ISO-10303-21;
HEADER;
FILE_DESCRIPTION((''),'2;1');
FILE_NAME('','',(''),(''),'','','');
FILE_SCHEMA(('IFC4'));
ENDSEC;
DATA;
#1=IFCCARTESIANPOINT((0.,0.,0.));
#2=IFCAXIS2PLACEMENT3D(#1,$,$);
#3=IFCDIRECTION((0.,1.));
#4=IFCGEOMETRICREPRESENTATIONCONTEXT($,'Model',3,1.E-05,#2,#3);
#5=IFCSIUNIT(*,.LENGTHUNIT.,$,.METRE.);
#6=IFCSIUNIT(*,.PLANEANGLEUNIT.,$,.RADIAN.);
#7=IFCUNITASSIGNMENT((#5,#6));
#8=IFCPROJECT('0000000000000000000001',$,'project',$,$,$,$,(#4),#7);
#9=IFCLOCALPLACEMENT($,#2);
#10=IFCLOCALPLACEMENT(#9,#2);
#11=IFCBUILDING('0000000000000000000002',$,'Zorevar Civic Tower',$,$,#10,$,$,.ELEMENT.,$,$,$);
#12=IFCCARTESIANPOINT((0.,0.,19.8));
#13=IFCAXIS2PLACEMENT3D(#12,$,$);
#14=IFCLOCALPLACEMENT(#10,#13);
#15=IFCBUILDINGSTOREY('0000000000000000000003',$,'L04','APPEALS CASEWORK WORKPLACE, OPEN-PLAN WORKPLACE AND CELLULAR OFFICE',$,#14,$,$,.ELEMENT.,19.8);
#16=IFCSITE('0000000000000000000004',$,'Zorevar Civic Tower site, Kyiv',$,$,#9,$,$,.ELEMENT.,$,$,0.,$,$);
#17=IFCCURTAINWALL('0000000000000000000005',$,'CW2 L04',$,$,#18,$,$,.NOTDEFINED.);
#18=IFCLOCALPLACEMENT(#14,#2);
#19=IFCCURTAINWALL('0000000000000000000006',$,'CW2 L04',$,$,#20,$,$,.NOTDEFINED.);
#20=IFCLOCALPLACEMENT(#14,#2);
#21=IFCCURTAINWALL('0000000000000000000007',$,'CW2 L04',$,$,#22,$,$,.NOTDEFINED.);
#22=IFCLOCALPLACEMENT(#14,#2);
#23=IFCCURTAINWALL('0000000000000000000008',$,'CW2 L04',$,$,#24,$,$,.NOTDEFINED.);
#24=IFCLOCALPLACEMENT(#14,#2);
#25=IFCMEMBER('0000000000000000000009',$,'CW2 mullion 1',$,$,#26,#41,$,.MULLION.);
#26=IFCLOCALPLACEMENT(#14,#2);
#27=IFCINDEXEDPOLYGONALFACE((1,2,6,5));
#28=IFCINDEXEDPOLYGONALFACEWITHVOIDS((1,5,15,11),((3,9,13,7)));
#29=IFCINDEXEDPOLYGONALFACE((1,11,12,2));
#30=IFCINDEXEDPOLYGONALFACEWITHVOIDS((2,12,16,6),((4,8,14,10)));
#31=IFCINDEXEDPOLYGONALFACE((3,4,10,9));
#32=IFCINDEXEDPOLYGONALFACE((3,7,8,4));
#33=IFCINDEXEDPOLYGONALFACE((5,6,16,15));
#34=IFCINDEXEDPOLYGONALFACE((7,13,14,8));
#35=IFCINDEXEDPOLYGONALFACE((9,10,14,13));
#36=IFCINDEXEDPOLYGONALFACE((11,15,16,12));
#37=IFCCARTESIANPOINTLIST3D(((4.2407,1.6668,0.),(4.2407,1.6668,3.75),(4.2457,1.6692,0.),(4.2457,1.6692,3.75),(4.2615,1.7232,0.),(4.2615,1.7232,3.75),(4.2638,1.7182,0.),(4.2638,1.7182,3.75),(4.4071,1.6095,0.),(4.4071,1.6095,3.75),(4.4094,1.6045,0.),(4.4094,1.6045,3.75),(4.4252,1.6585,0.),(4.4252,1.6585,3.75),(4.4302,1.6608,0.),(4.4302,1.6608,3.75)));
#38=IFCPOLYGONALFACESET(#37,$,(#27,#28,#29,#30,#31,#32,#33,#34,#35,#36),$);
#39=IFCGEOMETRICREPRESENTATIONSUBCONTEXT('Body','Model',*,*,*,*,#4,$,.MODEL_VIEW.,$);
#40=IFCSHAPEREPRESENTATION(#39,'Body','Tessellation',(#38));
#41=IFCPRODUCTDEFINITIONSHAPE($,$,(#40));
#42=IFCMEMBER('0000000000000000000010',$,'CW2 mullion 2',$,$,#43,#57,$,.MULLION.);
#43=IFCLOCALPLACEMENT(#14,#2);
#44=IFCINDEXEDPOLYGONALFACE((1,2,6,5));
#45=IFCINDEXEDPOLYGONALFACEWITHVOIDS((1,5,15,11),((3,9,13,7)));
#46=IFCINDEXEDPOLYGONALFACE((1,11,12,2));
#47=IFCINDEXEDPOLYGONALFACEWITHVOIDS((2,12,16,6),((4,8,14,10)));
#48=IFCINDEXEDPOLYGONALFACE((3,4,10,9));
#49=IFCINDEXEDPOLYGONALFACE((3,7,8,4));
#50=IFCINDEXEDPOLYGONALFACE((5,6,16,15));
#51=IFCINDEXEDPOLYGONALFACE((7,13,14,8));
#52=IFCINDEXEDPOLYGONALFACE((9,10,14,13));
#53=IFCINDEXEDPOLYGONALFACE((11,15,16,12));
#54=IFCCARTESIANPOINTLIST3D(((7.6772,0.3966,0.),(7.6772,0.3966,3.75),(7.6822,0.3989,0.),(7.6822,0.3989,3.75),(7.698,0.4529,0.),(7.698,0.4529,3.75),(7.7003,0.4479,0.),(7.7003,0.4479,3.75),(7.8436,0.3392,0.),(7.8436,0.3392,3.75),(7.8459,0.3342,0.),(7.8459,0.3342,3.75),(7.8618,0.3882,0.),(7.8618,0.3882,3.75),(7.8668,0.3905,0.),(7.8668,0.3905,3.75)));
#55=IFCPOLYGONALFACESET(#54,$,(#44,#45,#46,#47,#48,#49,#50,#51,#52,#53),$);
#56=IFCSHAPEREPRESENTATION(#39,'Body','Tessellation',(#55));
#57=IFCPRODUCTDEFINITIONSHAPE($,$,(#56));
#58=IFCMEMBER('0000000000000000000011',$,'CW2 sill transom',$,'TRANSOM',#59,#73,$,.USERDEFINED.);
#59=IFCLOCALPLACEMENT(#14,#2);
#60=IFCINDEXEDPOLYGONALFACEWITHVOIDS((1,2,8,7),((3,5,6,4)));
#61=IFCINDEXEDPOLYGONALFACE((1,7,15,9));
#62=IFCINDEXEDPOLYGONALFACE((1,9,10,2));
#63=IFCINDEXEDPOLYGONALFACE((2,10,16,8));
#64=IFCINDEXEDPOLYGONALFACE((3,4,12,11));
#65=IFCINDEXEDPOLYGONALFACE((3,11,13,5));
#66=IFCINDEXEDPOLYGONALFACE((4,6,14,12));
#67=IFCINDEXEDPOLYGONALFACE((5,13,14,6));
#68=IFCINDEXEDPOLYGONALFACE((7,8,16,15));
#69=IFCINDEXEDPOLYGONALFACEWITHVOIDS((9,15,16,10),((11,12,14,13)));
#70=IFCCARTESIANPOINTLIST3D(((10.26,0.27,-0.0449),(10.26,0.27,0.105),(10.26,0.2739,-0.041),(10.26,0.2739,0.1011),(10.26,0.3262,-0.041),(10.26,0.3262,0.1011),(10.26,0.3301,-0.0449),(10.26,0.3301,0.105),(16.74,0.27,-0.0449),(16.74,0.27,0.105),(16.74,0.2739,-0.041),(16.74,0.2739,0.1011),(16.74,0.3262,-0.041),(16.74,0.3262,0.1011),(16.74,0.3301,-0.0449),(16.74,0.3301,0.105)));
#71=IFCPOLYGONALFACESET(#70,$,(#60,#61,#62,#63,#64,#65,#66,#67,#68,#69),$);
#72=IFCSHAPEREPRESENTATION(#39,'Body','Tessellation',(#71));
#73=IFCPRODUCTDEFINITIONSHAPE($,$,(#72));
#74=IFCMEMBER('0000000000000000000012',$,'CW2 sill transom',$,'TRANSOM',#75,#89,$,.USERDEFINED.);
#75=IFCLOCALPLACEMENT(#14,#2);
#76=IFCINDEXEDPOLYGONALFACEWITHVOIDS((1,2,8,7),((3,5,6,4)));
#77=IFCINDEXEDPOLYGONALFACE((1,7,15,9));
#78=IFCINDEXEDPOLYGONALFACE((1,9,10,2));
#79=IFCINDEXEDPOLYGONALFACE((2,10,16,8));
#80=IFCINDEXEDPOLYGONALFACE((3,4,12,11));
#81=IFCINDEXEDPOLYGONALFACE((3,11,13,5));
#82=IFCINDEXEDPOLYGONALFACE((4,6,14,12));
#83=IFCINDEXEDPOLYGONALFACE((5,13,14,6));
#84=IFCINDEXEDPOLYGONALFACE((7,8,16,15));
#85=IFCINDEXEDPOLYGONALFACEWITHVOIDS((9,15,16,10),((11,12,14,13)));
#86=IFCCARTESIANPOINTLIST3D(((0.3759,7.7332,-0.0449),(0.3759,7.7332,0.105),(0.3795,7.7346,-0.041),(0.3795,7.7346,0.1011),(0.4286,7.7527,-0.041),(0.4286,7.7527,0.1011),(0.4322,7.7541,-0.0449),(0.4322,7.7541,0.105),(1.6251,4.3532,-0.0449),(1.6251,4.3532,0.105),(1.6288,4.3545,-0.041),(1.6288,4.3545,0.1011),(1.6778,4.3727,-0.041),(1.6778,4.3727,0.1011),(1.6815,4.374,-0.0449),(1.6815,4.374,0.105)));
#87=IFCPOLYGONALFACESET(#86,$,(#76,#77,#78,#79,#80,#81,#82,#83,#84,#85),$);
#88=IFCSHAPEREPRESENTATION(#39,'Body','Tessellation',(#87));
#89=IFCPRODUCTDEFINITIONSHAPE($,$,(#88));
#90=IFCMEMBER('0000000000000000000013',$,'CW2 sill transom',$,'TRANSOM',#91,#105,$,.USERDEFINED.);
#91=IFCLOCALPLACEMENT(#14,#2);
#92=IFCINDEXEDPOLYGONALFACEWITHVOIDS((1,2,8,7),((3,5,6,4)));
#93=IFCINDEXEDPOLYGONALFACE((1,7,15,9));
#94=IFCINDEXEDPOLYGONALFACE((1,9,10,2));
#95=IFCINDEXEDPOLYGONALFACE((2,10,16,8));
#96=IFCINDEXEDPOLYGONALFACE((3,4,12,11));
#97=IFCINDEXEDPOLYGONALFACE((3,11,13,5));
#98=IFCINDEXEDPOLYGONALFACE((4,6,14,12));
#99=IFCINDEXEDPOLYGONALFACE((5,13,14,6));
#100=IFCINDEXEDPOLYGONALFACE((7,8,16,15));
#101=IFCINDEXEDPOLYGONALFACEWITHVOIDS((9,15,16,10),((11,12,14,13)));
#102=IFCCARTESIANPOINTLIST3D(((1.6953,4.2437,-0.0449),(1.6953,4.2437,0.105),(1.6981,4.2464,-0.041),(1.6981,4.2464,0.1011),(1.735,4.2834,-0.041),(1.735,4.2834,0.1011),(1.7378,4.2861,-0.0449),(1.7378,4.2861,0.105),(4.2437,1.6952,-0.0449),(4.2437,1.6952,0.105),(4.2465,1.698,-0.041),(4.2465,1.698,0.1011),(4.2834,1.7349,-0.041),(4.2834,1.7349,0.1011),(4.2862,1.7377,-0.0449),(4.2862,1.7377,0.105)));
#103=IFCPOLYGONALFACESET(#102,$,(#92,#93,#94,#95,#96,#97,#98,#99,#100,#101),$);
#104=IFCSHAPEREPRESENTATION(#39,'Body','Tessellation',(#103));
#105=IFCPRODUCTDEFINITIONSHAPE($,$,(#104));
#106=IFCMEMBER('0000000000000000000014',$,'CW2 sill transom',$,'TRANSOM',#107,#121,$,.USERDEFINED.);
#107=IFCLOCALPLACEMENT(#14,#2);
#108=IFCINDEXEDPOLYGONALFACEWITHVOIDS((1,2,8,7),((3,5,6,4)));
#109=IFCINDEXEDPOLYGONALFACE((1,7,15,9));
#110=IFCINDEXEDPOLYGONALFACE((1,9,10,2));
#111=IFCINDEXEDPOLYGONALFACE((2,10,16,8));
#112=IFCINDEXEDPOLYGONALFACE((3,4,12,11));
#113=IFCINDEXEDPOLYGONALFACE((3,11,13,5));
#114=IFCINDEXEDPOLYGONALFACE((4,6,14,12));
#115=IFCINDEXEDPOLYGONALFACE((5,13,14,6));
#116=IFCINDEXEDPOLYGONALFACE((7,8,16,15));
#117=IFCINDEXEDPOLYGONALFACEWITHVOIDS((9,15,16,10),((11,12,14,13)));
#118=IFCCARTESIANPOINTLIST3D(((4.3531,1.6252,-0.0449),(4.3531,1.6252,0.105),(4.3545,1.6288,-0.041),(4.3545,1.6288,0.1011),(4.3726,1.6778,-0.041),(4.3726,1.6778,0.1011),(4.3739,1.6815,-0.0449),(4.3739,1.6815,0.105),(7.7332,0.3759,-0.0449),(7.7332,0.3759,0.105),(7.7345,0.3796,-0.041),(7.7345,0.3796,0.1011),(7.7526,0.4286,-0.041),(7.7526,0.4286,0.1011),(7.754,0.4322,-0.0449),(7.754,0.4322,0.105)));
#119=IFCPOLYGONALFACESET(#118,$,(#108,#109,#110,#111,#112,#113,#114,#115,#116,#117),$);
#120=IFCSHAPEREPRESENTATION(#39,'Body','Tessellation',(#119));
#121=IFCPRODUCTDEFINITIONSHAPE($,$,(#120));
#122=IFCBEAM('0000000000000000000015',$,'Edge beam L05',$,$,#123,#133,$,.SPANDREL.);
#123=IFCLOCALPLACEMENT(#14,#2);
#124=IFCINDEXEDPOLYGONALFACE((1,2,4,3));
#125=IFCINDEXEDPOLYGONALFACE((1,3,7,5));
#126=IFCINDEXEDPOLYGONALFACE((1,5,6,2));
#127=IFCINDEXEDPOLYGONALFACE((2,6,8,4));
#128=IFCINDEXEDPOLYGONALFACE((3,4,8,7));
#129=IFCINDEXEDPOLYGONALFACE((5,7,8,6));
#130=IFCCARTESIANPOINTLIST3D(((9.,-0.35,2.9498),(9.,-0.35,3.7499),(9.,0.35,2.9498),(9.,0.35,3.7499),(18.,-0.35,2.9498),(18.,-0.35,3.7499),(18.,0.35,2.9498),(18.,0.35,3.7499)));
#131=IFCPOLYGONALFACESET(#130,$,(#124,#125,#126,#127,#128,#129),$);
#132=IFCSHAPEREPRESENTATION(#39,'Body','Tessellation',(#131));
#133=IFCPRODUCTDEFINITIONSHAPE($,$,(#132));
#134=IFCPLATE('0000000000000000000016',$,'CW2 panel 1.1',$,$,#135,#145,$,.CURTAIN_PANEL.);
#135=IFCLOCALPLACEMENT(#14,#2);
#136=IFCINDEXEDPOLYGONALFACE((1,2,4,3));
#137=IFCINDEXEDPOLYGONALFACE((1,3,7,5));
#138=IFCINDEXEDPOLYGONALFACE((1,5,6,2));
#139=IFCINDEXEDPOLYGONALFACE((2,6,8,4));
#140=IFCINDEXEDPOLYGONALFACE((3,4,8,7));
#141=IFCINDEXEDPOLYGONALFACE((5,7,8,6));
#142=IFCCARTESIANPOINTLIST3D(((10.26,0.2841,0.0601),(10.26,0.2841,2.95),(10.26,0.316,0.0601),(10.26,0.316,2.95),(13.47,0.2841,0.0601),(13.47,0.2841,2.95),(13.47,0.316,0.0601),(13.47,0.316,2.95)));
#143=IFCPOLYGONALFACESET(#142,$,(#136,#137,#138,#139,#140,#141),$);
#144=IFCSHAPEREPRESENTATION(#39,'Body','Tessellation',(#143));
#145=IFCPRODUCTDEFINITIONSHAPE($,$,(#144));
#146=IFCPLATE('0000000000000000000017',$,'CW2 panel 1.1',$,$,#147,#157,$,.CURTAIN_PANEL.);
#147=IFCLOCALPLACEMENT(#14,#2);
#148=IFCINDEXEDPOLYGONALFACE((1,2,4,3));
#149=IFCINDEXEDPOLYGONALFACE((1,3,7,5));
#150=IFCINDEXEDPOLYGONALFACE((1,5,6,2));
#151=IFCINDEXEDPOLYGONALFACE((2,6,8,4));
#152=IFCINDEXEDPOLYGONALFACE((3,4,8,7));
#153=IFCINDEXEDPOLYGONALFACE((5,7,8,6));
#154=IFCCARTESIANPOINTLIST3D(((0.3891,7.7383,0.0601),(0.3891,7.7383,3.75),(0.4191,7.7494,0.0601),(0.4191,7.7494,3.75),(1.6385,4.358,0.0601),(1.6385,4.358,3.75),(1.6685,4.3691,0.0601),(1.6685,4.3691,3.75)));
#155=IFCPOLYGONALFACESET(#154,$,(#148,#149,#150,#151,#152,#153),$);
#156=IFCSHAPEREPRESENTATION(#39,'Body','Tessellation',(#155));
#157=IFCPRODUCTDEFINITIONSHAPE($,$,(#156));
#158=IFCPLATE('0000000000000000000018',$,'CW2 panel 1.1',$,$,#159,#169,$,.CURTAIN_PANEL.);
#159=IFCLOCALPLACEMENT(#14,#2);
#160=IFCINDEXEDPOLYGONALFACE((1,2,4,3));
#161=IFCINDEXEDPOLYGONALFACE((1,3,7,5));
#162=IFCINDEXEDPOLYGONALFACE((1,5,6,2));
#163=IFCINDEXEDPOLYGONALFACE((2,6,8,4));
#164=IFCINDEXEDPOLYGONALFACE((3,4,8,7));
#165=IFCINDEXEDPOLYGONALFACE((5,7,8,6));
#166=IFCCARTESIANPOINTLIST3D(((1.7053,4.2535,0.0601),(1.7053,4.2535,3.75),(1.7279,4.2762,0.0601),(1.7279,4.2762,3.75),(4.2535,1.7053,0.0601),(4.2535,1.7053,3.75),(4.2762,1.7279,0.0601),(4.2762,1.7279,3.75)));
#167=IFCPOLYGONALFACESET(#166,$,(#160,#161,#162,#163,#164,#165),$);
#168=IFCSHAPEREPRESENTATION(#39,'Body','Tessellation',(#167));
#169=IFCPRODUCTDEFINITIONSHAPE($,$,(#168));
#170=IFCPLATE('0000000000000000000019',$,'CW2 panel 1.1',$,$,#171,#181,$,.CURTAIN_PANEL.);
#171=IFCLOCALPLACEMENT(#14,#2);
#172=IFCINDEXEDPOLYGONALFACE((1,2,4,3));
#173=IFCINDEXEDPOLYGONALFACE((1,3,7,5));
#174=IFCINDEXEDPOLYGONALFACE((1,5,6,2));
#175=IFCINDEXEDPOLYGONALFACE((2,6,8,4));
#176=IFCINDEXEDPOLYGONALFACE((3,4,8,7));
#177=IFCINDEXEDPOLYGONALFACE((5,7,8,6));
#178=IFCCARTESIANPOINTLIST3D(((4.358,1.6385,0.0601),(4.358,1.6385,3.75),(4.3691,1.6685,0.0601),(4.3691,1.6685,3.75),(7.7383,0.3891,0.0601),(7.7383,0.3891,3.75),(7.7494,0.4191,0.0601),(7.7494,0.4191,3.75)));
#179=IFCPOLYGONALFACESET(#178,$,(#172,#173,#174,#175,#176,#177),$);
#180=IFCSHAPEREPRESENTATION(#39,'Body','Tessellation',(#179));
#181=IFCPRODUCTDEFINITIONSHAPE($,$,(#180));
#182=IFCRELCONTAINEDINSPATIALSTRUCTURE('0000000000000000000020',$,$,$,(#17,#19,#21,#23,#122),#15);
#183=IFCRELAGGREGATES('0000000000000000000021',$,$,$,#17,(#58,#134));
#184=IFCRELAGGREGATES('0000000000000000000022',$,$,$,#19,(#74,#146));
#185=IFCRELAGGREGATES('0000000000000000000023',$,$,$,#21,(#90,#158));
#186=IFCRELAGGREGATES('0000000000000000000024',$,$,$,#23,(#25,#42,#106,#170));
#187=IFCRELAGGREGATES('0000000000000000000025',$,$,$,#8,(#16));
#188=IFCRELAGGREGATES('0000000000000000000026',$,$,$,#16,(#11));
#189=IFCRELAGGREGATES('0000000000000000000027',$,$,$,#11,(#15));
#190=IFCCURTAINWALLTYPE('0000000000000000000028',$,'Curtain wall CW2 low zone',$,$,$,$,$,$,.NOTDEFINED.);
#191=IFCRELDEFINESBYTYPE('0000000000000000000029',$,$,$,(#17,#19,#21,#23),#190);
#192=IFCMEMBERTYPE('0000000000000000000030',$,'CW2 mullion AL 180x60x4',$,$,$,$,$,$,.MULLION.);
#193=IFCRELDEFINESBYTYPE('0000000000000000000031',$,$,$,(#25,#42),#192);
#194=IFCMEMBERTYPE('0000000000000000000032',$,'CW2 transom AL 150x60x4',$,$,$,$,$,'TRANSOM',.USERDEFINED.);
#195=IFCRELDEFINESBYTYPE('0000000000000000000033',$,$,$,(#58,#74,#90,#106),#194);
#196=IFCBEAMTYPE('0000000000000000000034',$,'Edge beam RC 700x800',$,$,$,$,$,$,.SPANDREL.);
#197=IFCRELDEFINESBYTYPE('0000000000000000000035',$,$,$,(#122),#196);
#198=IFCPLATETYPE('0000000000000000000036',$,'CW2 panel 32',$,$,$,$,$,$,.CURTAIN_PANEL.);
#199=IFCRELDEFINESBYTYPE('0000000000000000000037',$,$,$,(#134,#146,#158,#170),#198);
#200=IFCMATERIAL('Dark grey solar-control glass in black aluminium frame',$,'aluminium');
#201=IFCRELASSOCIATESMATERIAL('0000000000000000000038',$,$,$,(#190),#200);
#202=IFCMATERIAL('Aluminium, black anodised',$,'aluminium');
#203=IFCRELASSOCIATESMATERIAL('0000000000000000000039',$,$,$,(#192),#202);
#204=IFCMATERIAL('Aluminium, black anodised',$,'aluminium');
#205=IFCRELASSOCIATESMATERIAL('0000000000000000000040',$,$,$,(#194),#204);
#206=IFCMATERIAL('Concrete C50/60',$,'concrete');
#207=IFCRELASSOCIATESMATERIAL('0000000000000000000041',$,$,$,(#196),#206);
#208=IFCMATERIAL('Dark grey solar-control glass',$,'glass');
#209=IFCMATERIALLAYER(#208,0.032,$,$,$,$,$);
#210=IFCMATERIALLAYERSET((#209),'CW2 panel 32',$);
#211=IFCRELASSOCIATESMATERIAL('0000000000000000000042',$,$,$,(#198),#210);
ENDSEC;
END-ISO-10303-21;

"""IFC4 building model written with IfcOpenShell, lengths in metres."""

from ifc_helpers import new_model, si_unit, direction, frame, origin, origin_2d, place, context, subcontext, project, spatial, rectangle, hollow_rectangle, extrude, material, layer, layer_set, material_profile, profile_set, type_object, element, aggregate, save


model = new_model("IFC4")

# Units and contexts
model_context = context("Model", 3, precision=1e-05, world=origin(), true_north=direction((0.0, 1.0)))
body_context = subcontext(model_context, "Body", "Model", "MODEL_VIEW")
ifc_project = project(units=[si_unit("LENGTHUNIT", "METRE"), si_unit("PLANEANGLEUNIT", "RADIAN")], contexts=[model_context])

# Site, building, storey
site_placement = place(None, origin())
site = spatial("IfcSite", under=ifc_project, at=site_placement, Name="Zorevar Civic Tower site, Kyiv", CompositionType="ELEMENT", RefElevation=0.0)
building_placement = place(site_placement, origin())
building = spatial("IfcBuilding", under=site, at=building_placement, Name="Zorevar Civic Tower", CompositionType="ELEMENT")
storey_placement = place(building_placement, frame((0.0, 0.0, 19.8)))
storey = spatial("IfcBuildingStorey", under=building, at=storey_placement, Name="L04", Description="APPEALS CASEWORK WORKPLACE, OPEN-PLAN WORKPLACE AND CELLULAR OFFICE", CompositionType="ELEMENT", Elevation=19.8)

# Curtain wall
ifc_material_1 = material(Name="Dark grey solar-control glass in black aluminium frame", Category="aluminium")
curtain_wall_type = type_object("IfcCurtainWallType", Name="Curtain wall CW2 low zone", PredefinedType="NOTDEFINED", material=ifc_material_1)
curtain_wall_1_placement = place(storey_placement, origin())
curtain_wall_1 = element("IfcCurtainWall", 1, at=curtain_wall_1_placement, inside=storey, type_object=curtain_wall_type, Name="CW2 L04", PredefinedType="NOTDEFINED")
ifc_material_2 = material(Name="Aluminium, black anodised", Category="aluminium")
ifc_material_profile_1 = material_profile(ifc_material_2, hollow_rectangle(XDim=0.0601, YDim=0.1799, WallThickness=0.0039, at=origin_2d()), Name="AL 180x60x4")
ifc_profile_set_1 = profile_set([ifc_material_profile_1], Name="Aluminium, black anodised")
member_type_1 = type_object("IfcMemberType", Name="CW2 mullion AL 180x60x4", PredefinedType="MULLION", material=ifc_profile_set_1)

# Curtain wall
curtain_wall_2_placement = place(storey_placement, origin())
curtain_wall_2 = element("IfcCurtainWall", 2, at=curtain_wall_2_placement, inside=storey, type_object=curtain_wall_type, Name="CW2 L04", PredefinedType="NOTDEFINED")

# Curtain walls, members
curtain_wall_3_placement = place(storey_placement, origin())
curtain_wall_3 = element("IfcCurtainWall", 3, at=curtain_wall_3_placement, inside=storey, type_object=curtain_wall_type, Name="CW2 L04", PredefinedType="NOTDEFINED")
curtain_wall_4_placement = place(storey_placement, origin())
curtain_wall_4 = element("IfcCurtainWall", 4, at=curtain_wall_4_placement, inside=storey, type_object=curtain_wall_type, Name="CW2 L04", PredefinedType="NOTDEFINED")
member_1_placement = place(storey_placement, frame((4.3354, 1.6638, 0.0), z_axis=(0.0, 0.0, 1.0), x_axis=(0.346704, 0.937975, 0.0)))
member_1 = element("IfcMember", 5, at=member_1_placement, type_object=member_type_1, Name="CW2 mullion 1", PredefinedType="MULLION", context=body_context, shape_type="SweptSolid", body=[
    extrude(hollow_rectangle(XDim=0.0601, YDim=0.1799, WallThickness=0.0039, at=origin_2d()), origin(), (0.0, 0.0, 1.0), 3.75),
])
member_2_placement = place(storey_placement, frame((7.772, 0.3936, 0.0), z_axis=(0.0, 0.0, 1.0), x_axis=(0.346704, 0.937975, 0.0)))
member_2 = element("IfcMember", 6, at=member_2_placement, type_object=member_type_1, Name="CW2 mullion 2", PredefinedType="MULLION", context=body_context, shape_type="SweptSolid", body=[
    extrude(hollow_rectangle(XDim=0.0601, YDim=0.1799, WallThickness=0.0039, at=origin_2d()), origin(), (0.0, 0.0, 1.0), 3.75),
])

# Members
ifc_material_3 = material(Name="Aluminium, black anodised", Category="aluminium")
ifc_material_profile_2 = material_profile(ifc_material_3, hollow_rectangle(XDim=0.0601, YDim=0.1499, WallThickness=0.0039, at=origin_2d()), Name="AL 150x60x4")
ifc_profile_set_2 = profile_set([ifc_material_profile_2], Name="Aluminium, black anodised")
member_type_2 = type_object("IfcMemberType", Name="CW2 transom AL 150x60x4", ElementType="TRANSOM", PredefinedType="USERDEFINED", material=ifc_profile_set_2)
member_3_placement = place(storey_placement, frame((10.26, 0.3, 0.03), z_axis=(1.0, 0.0, 0.0), x_axis=(0.0, 1.0, 0.0)))
member_3 = element("IfcMember", 7, at=member_3_placement, type_object=member_type_2, Name="CW2 sill transom", ObjectType="TRANSOM", PredefinedType="USERDEFINED", context=body_context, shape_type="SweptSolid", body=[
    extrude(hollow_rectangle(XDim=0.0601, YDim=0.1499, WallThickness=0.0039, at=origin_2d()), origin(), (0.0, 0.0, 1.0), 6.48),
])
member_4_placement = place(storey_placement, frame((0.4041, 7.7437, 0.03), z_axis=(0.346672, -0.937986, 0.0), x_axis=(0.937986, 0.346672, 0.0)))
member_4 = element("IfcMember", 8, at=member_4_placement, type_object=member_type_2, Name="CW2 sill transom", ObjectType="TRANSOM", PredefinedType="USERDEFINED", context=body_context, shape_type="SweptSolid", body=[
    extrude(hollow_rectangle(XDim=0.0601, YDim=0.1499, WallThickness=0.0039, at=origin_2d()), origin(), (0.0, 0.0, 1.0), 3.6035),
])
member_5_placement = place(storey_placement, frame((1.7166, 4.2649, 0.03), z_axis=(0.707107, -0.707107, 0.0), x_axis=(0.707107, 0.707107, 0.0)))
member_5 = element("IfcMember", 9, at=member_5_placement, type_object=member_type_2, Name="CW2 sill transom", ObjectType="TRANSOM", PredefinedType="USERDEFINED", context=body_context, shape_type="SweptSolid", body=[
    extrude(hollow_rectangle(XDim=0.0601, YDim=0.1499, WallThickness=0.0039, at=origin_2d()), origin(), (0.0, 0.0, 1.0), 3.604),
])
member_6_placement = place(storey_placement, frame((4.3635, 1.6533, 0.03), z_axis=(0.937986, -0.346672, 0.0), x_axis=(0.346672, 0.937986, 0.0)))
member_6 = element("IfcMember", 10, at=member_6_placement, type_object=member_type_2, Name="CW2 sill transom", ObjectType="TRANSOM", PredefinedType="USERDEFINED", context=body_context, shape_type="SweptSolid", body=[
    extrude(hollow_rectangle(XDim=0.0601, YDim=0.1499, WallThickness=0.0039, at=origin_2d()), origin(), (0.0, 0.0, 1.0), 3.6035),
])

# Beam
ifc_material_4 = material(Name="Concrete C50/60", Category="concrete")
ifc_material_profile_3 = material_profile(ifc_material_4, rectangle(XDim=0.7, YDim=0.8, at=origin_2d()), Name="RC 700x800")
ifc_profile_set_3 = profile_set([ifc_material_profile_3], Name="Concrete C50/60")
beam_type_1 = type_object("IfcBeamType", Name="Edge beam RC 700x800", PredefinedType="SPANDREL", material=ifc_profile_set_3)
beam_1_placement = place(storey_placement, frame((9.0, 0.0, 3.3499), z_axis=(1.0, 0.0, 0.0), x_axis=(0.0, 1.0, 0.0)))
element("IfcBeam", 11, at=beam_1_placement, inside=storey, type_object=beam_type_1, Name="Edge beam L05", PredefinedType="SPANDREL", context=body_context, shape_type="SweptSolid", body=[
    extrude(rectangle(XDim=0.7, YDim=0.8, at=origin_2d()), origin(), (0.0, 0.0, 1.0), 9.0),
])

# Plates
ifc_material_5 = material(Name="Dark grey solar-control glass", Category="glass")
ifc_layer_1 = layer(ifc_material_5, 0.032)
ifc_layer_set_1 = layer_set([ifc_layer_1], Name="CW2 panel 32")
plate_type = type_object("IfcPlateType", Name="CW2 panel 32", PredefinedType="CURTAIN_PANEL", material=ifc_layer_set_1)
plate_1_placement = place(storey_placement, frame((11.865, 0.3, 0.0601), z_axis=(0.0, 0.0, 1.0), x_axis=(1.0, 0.0, 0.0)))
plate_1 = element("IfcPlate", 12, at=plate_1_placement, type_object=plate_type, Name="CW2 panel 1.1", PredefinedType="CURTAIN_PANEL", context=body_context, shape_type="SweptSolid", body=[
    extrude(rectangle(XDim=3.21, YDim=0.032, at=origin_2d()), origin(), (0.0, 0.0, 1.0), 2.8899),
])
aggregate(curtain_wall_1, [member_3, plate_1])
plate_2_placement = place(storey_placement, frame((1.0288, 6.0537, 0.0601), z_axis=(0.0, 0.0, 1.0), x_axis=(0.346704, -0.937975, 0.0)))
plate_2 = element("IfcPlate", 13, at=plate_2_placement, type_object=plate_type, Name="CW2 panel 1.1", PredefinedType="CURTAIN_PANEL", context=body_context, shape_type="SweptSolid", body=[
    extrude(rectangle(XDim=3.6038, YDim=0.032, at=origin_2d()), origin(), (0.0, 0.0, 1.0), 3.6899),
])
aggregate(curtain_wall_2, [member_4, plate_2])
plate_3_placement = place(storey_placement, frame((2.9907, 2.9907, 0.0601), z_axis=(0.0, 0.0, 1.0), x_axis=(0.707107, -0.707107, 0.0)))
plate_3 = element("IfcPlate", 14, at=plate_3_placement, type_object=plate_type, Name="CW2 panel 1.1", PredefinedType="CURTAIN_PANEL", context=body_context, shape_type="SweptSolid", body=[
    extrude(rectangle(XDim=3.6038, YDim=0.032, at=origin_2d()), origin(), (0.0, 0.0, 1.0), 3.6899),
])
aggregate(curtain_wall_3, [member_5, plate_3])
plate_4_placement = place(storey_placement, frame((6.0537, 1.0288, 0.0601), z_axis=(0.0, 0.0, 1.0), x_axis=(0.937975, -0.346704, 0.0)))
plate_4 = element("IfcPlate", 15, at=plate_4_placement, type_object=plate_type, Name="CW2 panel 1.1", PredefinedType="CURTAIN_PANEL", context=body_context, shape_type="SweptSolid", body=[
    extrude(rectangle(XDim=3.6038, YDim=0.032, at=origin_2d()), origin(), (0.0, 0.0, 1.0), 3.6899),
])
aggregate(curtain_wall_4, [member_1, member_2, member_6, plate_4])

save(model, "model.ifc")
